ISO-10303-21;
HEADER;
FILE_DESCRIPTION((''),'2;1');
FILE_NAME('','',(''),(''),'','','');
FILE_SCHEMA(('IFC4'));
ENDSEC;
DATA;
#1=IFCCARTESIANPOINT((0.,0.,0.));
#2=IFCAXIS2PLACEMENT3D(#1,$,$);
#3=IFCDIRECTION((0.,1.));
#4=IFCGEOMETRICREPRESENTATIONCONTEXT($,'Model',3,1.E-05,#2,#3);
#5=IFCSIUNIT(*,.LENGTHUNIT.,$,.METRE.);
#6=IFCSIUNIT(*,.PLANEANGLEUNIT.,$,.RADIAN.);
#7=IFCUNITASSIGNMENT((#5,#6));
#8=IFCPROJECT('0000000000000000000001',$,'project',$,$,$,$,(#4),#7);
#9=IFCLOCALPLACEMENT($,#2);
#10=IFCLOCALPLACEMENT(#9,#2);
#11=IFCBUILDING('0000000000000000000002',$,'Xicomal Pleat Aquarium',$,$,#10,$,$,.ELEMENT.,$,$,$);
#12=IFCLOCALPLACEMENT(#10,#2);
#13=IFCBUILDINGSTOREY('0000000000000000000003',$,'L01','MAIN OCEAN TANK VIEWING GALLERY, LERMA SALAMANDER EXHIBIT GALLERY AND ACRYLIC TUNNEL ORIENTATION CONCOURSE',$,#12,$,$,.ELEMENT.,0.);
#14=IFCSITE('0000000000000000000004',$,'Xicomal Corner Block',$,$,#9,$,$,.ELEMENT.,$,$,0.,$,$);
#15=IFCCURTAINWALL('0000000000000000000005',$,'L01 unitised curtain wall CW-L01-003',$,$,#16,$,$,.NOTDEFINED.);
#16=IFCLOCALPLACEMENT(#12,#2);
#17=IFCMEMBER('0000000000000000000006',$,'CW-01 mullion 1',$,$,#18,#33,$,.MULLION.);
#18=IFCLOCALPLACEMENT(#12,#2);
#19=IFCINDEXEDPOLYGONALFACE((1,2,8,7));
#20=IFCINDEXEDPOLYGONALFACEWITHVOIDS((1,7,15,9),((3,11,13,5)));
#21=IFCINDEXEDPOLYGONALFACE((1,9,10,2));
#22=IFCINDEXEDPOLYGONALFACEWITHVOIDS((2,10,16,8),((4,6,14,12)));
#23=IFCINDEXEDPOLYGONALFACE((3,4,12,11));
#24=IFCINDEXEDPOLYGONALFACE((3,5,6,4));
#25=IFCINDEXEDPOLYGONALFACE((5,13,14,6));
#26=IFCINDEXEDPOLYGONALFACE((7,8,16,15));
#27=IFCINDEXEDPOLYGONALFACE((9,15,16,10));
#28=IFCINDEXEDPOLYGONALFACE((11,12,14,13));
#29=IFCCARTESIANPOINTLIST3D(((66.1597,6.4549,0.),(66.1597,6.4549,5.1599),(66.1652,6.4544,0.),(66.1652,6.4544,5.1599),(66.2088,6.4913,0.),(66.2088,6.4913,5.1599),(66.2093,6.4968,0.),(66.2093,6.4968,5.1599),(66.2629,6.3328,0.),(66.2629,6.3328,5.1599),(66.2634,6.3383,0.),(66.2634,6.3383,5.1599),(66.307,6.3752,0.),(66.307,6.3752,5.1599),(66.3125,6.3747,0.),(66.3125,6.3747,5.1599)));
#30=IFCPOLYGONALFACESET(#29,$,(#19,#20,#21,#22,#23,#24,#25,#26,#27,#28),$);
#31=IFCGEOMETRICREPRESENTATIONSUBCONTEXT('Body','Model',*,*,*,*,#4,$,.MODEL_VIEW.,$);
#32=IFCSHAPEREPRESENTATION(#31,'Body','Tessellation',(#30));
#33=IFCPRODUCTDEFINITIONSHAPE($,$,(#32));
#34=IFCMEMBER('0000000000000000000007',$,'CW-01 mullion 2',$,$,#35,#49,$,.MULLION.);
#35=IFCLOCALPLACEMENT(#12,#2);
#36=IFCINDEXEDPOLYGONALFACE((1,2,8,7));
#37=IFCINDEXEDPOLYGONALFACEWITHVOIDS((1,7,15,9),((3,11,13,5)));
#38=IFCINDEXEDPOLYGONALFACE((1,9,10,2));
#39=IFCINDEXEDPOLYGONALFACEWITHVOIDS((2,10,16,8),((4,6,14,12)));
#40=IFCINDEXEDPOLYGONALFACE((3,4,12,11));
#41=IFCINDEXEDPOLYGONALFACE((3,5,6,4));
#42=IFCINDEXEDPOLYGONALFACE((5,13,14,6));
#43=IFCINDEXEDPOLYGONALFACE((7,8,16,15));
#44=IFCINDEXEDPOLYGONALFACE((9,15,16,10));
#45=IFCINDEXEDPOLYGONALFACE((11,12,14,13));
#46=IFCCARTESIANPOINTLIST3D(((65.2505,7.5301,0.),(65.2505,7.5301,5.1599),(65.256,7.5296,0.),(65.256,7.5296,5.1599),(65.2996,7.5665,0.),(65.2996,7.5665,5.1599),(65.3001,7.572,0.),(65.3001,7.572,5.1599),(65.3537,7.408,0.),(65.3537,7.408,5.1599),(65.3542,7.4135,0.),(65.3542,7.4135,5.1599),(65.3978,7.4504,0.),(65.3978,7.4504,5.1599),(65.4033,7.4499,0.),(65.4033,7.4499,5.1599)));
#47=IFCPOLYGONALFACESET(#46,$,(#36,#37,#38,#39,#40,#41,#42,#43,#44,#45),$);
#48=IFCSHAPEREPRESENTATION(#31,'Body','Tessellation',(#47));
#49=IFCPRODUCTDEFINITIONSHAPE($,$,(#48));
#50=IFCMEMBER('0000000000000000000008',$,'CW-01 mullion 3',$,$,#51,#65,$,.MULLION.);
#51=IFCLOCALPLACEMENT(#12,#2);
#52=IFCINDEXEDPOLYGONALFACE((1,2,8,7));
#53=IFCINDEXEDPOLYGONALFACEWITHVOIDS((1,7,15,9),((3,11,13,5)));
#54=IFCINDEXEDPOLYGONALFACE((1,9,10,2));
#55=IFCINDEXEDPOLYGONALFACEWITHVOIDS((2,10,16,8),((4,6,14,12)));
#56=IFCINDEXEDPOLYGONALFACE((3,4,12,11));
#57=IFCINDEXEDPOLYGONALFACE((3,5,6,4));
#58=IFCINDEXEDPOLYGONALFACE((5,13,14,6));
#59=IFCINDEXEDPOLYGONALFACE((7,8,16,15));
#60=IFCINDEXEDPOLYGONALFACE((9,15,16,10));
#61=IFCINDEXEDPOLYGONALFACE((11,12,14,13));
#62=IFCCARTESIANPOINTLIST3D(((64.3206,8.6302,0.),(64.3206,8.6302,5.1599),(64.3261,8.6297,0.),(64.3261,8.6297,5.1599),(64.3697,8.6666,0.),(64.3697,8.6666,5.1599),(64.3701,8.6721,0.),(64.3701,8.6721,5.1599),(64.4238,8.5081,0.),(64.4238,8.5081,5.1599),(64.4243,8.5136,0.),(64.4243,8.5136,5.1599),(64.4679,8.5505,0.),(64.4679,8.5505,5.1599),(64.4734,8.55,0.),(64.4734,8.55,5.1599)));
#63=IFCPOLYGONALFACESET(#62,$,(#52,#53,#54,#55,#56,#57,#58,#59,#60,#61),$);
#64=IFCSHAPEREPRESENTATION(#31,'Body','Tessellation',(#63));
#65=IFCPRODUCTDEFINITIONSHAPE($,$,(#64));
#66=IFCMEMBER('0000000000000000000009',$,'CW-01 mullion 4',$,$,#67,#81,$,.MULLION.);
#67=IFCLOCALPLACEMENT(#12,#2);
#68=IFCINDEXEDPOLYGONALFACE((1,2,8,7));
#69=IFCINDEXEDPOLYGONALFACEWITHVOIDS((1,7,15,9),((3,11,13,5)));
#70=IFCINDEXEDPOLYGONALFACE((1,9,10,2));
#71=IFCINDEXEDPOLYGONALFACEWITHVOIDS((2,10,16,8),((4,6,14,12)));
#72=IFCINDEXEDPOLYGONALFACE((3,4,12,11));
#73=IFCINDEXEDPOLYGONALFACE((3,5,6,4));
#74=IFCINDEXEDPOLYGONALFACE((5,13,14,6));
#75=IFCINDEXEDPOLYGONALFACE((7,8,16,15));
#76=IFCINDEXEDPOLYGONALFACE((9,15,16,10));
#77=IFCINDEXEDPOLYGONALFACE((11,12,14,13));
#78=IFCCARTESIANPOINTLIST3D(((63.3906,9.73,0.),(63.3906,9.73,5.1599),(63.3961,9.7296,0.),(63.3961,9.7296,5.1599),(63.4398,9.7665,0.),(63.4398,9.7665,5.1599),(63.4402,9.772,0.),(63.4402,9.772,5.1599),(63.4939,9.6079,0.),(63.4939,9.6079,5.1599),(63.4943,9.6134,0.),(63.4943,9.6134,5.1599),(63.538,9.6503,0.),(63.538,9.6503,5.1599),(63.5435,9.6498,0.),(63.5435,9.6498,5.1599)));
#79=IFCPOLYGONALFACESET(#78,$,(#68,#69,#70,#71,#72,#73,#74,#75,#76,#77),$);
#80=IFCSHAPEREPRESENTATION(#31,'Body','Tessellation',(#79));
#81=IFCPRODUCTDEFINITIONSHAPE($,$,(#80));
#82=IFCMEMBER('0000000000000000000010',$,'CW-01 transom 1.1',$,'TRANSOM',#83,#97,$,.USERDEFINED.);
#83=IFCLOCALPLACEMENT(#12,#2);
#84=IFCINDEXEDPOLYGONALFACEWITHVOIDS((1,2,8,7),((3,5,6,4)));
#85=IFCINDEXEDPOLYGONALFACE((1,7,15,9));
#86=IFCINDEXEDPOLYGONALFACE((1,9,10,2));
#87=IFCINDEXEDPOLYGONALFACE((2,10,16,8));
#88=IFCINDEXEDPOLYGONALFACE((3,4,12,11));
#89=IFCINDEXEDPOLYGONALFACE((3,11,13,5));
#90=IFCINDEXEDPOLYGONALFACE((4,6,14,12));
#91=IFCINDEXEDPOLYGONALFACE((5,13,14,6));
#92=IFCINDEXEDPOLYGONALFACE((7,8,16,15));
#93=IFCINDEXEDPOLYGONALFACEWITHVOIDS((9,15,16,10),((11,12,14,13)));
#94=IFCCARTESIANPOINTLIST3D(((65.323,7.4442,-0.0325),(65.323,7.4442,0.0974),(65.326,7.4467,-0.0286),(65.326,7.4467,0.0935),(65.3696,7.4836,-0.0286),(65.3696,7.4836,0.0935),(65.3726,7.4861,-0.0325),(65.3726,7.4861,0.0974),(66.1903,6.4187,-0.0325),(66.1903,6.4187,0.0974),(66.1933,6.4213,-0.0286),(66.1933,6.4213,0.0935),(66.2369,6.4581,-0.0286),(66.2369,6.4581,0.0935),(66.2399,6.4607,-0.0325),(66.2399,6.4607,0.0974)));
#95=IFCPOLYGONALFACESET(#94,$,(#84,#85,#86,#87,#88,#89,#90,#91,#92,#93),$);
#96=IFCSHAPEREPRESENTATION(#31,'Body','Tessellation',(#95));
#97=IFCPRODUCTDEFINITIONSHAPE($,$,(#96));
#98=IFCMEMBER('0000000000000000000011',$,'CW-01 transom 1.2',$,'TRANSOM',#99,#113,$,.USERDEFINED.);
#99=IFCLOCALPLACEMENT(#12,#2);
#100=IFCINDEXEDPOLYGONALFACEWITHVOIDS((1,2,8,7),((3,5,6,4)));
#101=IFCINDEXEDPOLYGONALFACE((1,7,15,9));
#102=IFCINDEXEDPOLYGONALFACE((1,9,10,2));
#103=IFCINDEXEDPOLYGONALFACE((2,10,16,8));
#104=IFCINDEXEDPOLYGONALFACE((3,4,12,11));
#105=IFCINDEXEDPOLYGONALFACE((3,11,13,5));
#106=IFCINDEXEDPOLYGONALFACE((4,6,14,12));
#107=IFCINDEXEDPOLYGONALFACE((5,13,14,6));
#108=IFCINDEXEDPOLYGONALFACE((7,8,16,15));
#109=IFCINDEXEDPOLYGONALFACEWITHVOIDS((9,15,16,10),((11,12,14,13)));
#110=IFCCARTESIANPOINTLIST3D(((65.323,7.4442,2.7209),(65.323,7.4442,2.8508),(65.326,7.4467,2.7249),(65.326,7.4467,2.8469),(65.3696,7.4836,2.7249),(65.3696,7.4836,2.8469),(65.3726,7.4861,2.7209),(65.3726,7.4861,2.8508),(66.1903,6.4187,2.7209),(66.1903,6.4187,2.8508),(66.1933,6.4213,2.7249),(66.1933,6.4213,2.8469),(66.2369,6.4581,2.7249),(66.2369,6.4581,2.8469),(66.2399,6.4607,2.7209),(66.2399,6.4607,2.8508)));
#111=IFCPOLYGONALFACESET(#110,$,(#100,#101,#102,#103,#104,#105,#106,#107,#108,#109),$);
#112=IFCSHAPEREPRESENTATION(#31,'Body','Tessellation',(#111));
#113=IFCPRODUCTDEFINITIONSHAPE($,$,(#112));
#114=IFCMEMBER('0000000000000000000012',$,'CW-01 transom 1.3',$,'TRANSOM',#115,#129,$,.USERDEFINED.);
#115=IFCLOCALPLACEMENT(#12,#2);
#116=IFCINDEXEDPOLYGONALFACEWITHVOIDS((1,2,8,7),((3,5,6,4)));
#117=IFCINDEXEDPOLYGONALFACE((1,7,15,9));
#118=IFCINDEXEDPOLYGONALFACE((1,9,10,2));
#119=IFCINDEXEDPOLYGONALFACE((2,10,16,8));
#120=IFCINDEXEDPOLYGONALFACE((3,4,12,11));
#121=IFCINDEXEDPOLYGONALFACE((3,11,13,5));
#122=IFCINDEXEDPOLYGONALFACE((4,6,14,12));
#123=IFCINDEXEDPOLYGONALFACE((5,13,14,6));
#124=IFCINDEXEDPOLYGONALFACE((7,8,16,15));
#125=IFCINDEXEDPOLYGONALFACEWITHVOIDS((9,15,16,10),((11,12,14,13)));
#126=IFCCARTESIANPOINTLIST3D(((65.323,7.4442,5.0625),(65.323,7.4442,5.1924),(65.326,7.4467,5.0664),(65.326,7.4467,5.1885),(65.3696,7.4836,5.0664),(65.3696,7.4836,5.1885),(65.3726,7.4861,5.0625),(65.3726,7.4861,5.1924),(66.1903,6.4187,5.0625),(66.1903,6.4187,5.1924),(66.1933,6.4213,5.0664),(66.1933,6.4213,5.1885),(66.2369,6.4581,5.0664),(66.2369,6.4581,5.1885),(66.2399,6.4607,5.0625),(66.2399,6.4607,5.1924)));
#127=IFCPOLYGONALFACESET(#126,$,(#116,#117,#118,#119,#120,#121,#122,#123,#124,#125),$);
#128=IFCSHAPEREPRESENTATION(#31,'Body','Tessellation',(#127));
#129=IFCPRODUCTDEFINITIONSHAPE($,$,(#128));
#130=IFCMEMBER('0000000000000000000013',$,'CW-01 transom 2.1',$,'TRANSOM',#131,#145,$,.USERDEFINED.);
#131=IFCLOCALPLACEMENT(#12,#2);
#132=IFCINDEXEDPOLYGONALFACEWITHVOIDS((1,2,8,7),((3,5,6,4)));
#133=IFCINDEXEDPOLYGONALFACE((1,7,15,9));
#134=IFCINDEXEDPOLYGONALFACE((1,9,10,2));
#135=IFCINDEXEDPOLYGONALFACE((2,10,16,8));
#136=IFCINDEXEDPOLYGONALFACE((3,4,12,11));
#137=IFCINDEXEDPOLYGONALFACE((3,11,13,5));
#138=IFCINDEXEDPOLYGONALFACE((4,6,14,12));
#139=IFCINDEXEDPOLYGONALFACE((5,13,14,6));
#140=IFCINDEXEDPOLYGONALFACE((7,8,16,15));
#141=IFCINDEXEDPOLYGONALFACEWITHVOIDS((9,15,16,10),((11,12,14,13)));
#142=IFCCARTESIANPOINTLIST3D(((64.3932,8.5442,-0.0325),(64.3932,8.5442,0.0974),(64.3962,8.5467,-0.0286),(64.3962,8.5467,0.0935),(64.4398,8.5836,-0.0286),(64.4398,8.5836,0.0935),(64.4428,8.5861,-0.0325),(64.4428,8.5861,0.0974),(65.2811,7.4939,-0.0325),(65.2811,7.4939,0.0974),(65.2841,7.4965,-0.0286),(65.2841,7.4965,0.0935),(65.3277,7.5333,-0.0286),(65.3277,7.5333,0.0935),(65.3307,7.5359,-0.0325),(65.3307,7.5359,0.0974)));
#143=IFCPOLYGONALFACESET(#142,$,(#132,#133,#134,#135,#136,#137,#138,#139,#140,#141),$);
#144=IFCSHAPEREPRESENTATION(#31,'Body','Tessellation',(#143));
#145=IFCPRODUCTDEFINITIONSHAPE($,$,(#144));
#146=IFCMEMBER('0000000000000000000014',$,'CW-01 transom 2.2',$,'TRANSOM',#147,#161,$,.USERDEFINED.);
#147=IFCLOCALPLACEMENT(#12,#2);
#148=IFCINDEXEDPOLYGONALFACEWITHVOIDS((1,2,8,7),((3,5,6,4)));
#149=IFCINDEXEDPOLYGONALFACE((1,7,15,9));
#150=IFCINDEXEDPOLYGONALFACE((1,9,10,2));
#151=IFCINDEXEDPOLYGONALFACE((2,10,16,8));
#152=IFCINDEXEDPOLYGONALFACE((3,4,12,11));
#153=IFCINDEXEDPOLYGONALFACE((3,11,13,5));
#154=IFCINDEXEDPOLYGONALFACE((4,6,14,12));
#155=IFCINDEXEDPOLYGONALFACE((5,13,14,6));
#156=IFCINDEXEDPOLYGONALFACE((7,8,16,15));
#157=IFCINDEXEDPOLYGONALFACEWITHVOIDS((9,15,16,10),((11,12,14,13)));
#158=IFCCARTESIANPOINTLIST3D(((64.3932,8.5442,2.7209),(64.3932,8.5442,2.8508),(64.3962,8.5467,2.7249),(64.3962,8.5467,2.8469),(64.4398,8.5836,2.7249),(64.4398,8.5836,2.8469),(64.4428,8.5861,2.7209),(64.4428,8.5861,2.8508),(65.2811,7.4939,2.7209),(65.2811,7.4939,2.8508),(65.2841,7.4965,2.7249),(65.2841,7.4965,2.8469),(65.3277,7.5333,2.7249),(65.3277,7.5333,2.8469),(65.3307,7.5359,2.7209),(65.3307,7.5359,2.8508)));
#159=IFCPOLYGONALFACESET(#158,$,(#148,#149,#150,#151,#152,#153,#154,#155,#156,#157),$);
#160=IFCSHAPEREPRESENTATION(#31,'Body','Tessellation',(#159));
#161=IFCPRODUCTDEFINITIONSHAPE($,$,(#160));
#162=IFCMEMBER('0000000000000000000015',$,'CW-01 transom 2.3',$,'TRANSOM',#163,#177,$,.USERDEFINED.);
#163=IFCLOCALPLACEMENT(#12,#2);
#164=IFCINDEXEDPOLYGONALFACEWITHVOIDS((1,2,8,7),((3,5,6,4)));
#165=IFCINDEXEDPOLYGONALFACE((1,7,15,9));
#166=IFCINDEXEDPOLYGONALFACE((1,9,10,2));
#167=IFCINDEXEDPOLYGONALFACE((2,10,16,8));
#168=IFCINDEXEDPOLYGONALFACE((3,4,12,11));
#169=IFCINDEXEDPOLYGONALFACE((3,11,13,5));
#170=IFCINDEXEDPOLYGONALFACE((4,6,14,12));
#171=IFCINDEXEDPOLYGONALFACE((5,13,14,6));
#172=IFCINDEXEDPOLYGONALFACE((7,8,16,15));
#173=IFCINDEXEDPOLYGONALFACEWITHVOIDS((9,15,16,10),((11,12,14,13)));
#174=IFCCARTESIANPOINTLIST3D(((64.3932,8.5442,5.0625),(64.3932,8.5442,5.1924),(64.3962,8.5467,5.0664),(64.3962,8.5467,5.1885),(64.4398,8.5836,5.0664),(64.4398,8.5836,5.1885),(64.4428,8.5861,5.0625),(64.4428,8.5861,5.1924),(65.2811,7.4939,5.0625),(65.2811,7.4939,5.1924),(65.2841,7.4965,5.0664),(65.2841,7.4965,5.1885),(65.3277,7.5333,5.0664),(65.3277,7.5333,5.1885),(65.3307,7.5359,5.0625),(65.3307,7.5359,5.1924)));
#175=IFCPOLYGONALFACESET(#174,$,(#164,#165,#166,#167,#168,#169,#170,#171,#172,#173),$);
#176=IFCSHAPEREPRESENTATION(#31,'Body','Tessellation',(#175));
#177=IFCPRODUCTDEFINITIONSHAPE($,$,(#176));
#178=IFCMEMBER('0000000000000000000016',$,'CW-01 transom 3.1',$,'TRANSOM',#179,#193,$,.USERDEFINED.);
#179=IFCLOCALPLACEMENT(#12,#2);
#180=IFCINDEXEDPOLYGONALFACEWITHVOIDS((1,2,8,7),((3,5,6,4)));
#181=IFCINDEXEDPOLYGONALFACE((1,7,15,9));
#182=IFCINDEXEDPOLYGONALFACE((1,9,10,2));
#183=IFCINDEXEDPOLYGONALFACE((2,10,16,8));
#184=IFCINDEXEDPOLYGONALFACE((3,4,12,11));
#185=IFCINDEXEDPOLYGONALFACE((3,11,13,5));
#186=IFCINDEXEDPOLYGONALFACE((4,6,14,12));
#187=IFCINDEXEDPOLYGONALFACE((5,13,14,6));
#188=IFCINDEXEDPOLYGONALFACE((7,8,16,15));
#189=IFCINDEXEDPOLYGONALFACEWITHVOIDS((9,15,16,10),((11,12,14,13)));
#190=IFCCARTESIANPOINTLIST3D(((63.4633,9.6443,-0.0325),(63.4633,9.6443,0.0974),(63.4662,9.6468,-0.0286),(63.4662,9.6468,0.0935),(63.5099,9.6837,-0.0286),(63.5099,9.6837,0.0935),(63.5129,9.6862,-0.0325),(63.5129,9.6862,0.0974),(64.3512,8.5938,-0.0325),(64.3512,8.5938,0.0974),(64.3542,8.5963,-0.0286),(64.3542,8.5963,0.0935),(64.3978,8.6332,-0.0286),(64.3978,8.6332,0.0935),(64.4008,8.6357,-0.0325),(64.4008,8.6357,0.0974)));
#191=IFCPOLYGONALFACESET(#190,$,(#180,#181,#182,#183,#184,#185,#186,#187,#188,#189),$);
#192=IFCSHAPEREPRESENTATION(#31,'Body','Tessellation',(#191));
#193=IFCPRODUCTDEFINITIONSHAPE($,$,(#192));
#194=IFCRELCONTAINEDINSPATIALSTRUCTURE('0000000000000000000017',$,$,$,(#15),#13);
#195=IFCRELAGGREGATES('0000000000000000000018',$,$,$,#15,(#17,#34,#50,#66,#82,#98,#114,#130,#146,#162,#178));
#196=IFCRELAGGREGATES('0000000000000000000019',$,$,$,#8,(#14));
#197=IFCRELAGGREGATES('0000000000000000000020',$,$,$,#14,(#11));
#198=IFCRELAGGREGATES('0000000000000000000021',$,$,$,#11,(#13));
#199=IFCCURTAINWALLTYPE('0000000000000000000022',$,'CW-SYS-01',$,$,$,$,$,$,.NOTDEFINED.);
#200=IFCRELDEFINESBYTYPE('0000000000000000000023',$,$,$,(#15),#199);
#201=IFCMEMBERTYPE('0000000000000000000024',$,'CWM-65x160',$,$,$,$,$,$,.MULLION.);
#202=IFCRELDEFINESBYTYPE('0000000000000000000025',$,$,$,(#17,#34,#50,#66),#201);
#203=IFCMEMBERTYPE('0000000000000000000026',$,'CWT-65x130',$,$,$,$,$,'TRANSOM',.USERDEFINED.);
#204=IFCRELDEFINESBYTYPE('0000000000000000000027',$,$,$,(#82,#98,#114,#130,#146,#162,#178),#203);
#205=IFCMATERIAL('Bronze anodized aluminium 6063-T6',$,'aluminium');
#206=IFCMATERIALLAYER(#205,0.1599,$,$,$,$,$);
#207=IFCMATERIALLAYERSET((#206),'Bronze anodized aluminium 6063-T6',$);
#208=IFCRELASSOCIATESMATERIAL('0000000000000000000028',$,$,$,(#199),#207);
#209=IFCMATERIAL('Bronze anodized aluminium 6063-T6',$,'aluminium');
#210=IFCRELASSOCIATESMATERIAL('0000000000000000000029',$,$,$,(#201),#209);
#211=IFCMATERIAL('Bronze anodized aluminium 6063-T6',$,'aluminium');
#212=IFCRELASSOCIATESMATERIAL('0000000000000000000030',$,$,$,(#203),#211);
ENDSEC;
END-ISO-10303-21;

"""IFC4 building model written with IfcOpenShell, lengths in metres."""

from ifc_helpers import new_model, si_unit, direction, frame, origin, origin_2d, place, context, subcontext, project, spatial, hollow_rectangle, extrude, material, layer, layer_set, material_profile, profile_set, type_object, element, aggregate, save


model = new_model("IFC4")

# Units and contexts
model_context = context("Model", 3, precision=1e-05, world=origin(), true_north=direction((0.0, 1.0)))
body_context = subcontext(model_context, "Body", "Model", "MODEL_VIEW")
ifc_project = project(units=[si_unit("LENGTHUNIT", "METRE"), si_unit("PLANEANGLEUNIT", "RADIAN")], contexts=[model_context])

# Site, building, storey
site_placement = place(None, origin())
site = spatial("IfcSite", under=ifc_project, at=site_placement, Name="Xicomal Corner Block", CompositionType="ELEMENT", RefElevation=0.0)
building_placement = place(site_placement, origin())
building = spatial("IfcBuilding", under=site, at=building_placement, Name="Xicomal Pleat Aquarium", CompositionType="ELEMENT")
storey_placement = place(building_placement, origin())
storey = spatial("IfcBuildingStorey", under=building, at=storey_placement, Name="L01", Description="MAIN OCEAN TANK VIEWING GALLERY, LERMA SALAMANDER EXHIBIT GALLERY AND ACRYLIC TUNNEL ORIENTATION CONCOURSE", CompositionType="ELEMENT", Elevation=0.0)

# Curtain wall, members
ifc_material_1 = material(Name="Bronze anodized aluminium 6063-T6", Category="aluminium")
ifc_layer_1 = layer(ifc_material_1, 0.1599)
ifc_layer_set_1 = layer_set([ifc_layer_1], Name="Bronze anodized aluminium 6063-T6")
curtain_wall_type = type_object("IfcCurtainWallType", Name="CW-SYS-01", PredefinedType="NOTDEFINED", material=ifc_layer_set_1)
curtain_wall_placement = place(storey_placement, origin())
curtain_wall = element("IfcCurtainWall", 1, at=curtain_wall_placement, inside=storey, type_object=curtain_wall_type, Name="L01 unitised curtain wall CW-L01-003", PredefinedType="NOTDEFINED")
ifc_material_2 = material(Name="Bronze anodized aluminium 6063-T6", Category="aluminium")
ifc_material_profile_1 = material_profile(ifc_material_2, hollow_rectangle(XDim=0.0649, YDim=0.1599, WallThickness=0.0039, at=origin_2d()), Name="ALU MULL 65x160")
ifc_profile_set_1 = profile_set([ifc_material_profile_1], Name="Bronze anodized aluminium 6063-T6")
member_type_1 = type_object("IfcMemberType", Name="CWM-65x160", PredefinedType="MULLION", material=ifc_profile_set_1)
member_1_placement = place(storey_placement, frame((66.2361, 6.4148, 0.0), z_axis=(0.0, 0.0, 1.0), x_axis=(-0.76365, -0.645631, 0.0)))
member_1 = element("IfcMember", 2, at=member_1_placement, type_object=member_type_1, Name="CW-01 mullion 1", PredefinedType="MULLION", context=body_context, shape_type="SweptSolid", body=[
    extrude(hollow_rectangle(XDim=0.0649, YDim=0.1599, WallThickness=0.0039, at=origin_2d()), origin(), (0.0, 0.0, 1.0), 5.1599),
])
member_2_placement = place(storey_placement, frame((65.3269, 7.49, 0.0), z_axis=(0.0, 0.0, 1.0), x_axis=(-0.76365, -0.645631, 0.0)))
member_2 = element("IfcMember", 3, at=member_2_placement, type_object=member_type_1, Name="CW-01 mullion 2", PredefinedType="MULLION", context=body_context, shape_type="SweptSolid", body=[
    extrude(hollow_rectangle(XDim=0.0649, YDim=0.1599, WallThickness=0.0039, at=origin_2d()), origin(), (0.0, 0.0, 1.0), 5.1599),
])
member_3_placement = place(storey_placement, frame((64.397, 8.5901, 0.0), z_axis=(0.0, 0.0, 1.0), x_axis=(-0.76365, -0.645631, 0.0)))
member_3 = element("IfcMember", 4, at=member_3_placement, type_object=member_type_1, Name="CW-01 mullion 3", PredefinedType="MULLION", context=body_context, shape_type="SweptSolid", body=[
    extrude(hollow_rectangle(XDim=0.0649, YDim=0.1599, WallThickness=0.0039, at=origin_2d()), origin(), (0.0, 0.0, 1.0), 5.1599),
])
member_4_placement = place(storey_placement, frame((63.467, 9.6899, 0.0), z_axis=(0.0, 0.0, 1.0), x_axis=(-0.76365, -0.645631, 0.0)))
member_4 = element("IfcMember", 5, at=member_4_placement, type_object=member_type_1, Name="CW-01 mullion 4", PredefinedType="MULLION", context=body_context, shape_type="SweptSolid", body=[
    extrude(hollow_rectangle(XDim=0.0649, YDim=0.1599, WallThickness=0.0039, at=origin_2d()), origin(), (0.0, 0.0, 1.0), 5.1599),
])
ifc_material_3 = material(Name="Bronze anodized aluminium 6063-T6", Category="aluminium")
ifc_material_profile_2 = material_profile(ifc_material_3, hollow_rectangle(XDim=0.0649, YDim=0.1299, WallThickness=0.0039, at=origin_2d()), Name="ALU TRAN 65x130")
ifc_profile_set_2 = profile_set([ifc_material_profile_2], Name="Bronze anodized aluminium 6063-T6")
member_type_2 = type_object("IfcMemberType", Name="CWT-65x130", ElementType="TRANSOM", PredefinedType="USERDEFINED", material=ifc_profile_set_2)
member_5_placement = place(storey_placement, frame((66.2151, 6.4397, 0.0325), z_axis=(-0.645747, 0.763552, 0.0), x_axis=(-0.763552, -0.645747, 0.0)))
member_5 = element("IfcMember", 6, at=member_5_placement, type_object=member_type_2, Name="CW-01 transom 1.1", ObjectType="TRANSOM", PredefinedType="USERDEFINED", context=body_context, shape_type="SweptSolid", body=[
    extrude(hollow_rectangle(XDim=0.0649, YDim=0.1299, WallThickness=0.0039, at=origin_2d()), origin(), (0.0, 0.0, 1.0), 1.343),
])
member_6_placement = place(storey_placement, frame((66.2151, 6.4397, 2.7859), z_axis=(-0.645747, 0.763552, 0.0), x_axis=(-0.763552, -0.645747, 0.0)))
member_6 = element("IfcMember", 7, at=member_6_placement, type_object=member_type_2, Name="CW-01 transom 1.2", ObjectType="TRANSOM", PredefinedType="USERDEFINED", context=body_context, shape_type="SweptSolid", body=[
    extrude(hollow_rectangle(XDim=0.0649, YDim=0.1299, WallThickness=0.0039, at=origin_2d()), origin(), (0.0, 0.0, 1.0), 1.343),
])
member_7_placement = place(storey_placement, frame((66.2151, 6.4397, 5.1274), z_axis=(-0.645747, 0.763552, 0.0), x_axis=(-0.763552, -0.645747, 0.0)))
member_7 = element("IfcMember", 8, at=member_7_placement, type_object=member_type_2, Name="CW-01 transom 1.3", ObjectType="TRANSOM", PredefinedType="USERDEFINED", context=body_context, shape_type="SweptSolid", body=[
    extrude(hollow_rectangle(XDim=0.0649, YDim=0.1299, WallThickness=0.0039, at=origin_2d()), origin(), (0.0, 0.0, 1.0), 1.343),
])
member_8_placement = place(storey_placement, frame((65.3059, 7.5149, 0.0325), z_axis=(-0.645616, 0.763662, 0.0), x_axis=(-0.763662, -0.645616, 0.0)))
member_8 = element("IfcMember", 9, at=member_8_placement, type_object=member_type_2, Name="CW-01 transom 2.1", ObjectType="TRANSOM", PredefinedType="USERDEFINED", context=body_context, shape_type="SweptSolid", body=[
    extrude(hollow_rectangle(XDim=0.0649, YDim=0.1299, WallThickness=0.0039, at=origin_2d()), origin(), (0.0, 0.0, 1.0), 1.3752),
])
member_9_placement = place(storey_placement, frame((65.3059, 7.5149, 2.7859), z_axis=(-0.645616, 0.763662, 0.0), x_axis=(-0.763662, -0.645616, 0.0)))
member_9 = element("IfcMember", 10, at=member_9_placement, type_object=member_type_2, Name="CW-01 transom 2.2", ObjectType="TRANSOM", PredefinedType="USERDEFINED", context=body_context, shape_type="SweptSolid", body=[
    extrude(hollow_rectangle(XDim=0.0649, YDim=0.1299, WallThickness=0.0039, at=origin_2d()), origin(), (0.0, 0.0, 1.0), 1.3752),
])
member_10_placement = place(storey_placement, frame((65.3059, 7.5149, 5.1274), z_axis=(-0.645616, 0.763662, 0.0), x_axis=(-0.763662, -0.645616, 0.0)))
member_10 = element("IfcMember", 11, at=member_10_placement, type_object=member_type_2, Name="CW-01 transom 2.3", ObjectType="TRANSOM", PredefinedType="USERDEFINED", context=body_context, shape_type="SweptSolid", body=[
    extrude(hollow_rectangle(XDim=0.0649, YDim=0.1299, WallThickness=0.0039, at=origin_2d()), origin(), (0.0, 0.0, 1.0), 1.3752),
])
member_11_placement = place(storey_placement, frame((64.376, 8.6147, 0.0325), z_axis=(-0.645528, 0.763736, 0.0), x_axis=(-0.763736, -0.645528, 0.0)))
member_11 = element("IfcMember", 12, at=member_11_placement, type_object=member_type_2, Name="CW-01 transom 3.1", ObjectType="TRANSOM", PredefinedType="USERDEFINED", context=body_context, shape_type="SweptSolid", body=[
    extrude(hollow_rectangle(XDim=0.0649, YDim=0.1299, WallThickness=0.0039, at=origin_2d()), origin(), (0.0, 0.0, 1.0), 1.3755),
])
aggregate(curtain_wall, [member_1, member_2, member_3, member_4, member_5, member_6, member_7, member_8, member_9, member_10, member_11])

save(model, "model.ifc")
